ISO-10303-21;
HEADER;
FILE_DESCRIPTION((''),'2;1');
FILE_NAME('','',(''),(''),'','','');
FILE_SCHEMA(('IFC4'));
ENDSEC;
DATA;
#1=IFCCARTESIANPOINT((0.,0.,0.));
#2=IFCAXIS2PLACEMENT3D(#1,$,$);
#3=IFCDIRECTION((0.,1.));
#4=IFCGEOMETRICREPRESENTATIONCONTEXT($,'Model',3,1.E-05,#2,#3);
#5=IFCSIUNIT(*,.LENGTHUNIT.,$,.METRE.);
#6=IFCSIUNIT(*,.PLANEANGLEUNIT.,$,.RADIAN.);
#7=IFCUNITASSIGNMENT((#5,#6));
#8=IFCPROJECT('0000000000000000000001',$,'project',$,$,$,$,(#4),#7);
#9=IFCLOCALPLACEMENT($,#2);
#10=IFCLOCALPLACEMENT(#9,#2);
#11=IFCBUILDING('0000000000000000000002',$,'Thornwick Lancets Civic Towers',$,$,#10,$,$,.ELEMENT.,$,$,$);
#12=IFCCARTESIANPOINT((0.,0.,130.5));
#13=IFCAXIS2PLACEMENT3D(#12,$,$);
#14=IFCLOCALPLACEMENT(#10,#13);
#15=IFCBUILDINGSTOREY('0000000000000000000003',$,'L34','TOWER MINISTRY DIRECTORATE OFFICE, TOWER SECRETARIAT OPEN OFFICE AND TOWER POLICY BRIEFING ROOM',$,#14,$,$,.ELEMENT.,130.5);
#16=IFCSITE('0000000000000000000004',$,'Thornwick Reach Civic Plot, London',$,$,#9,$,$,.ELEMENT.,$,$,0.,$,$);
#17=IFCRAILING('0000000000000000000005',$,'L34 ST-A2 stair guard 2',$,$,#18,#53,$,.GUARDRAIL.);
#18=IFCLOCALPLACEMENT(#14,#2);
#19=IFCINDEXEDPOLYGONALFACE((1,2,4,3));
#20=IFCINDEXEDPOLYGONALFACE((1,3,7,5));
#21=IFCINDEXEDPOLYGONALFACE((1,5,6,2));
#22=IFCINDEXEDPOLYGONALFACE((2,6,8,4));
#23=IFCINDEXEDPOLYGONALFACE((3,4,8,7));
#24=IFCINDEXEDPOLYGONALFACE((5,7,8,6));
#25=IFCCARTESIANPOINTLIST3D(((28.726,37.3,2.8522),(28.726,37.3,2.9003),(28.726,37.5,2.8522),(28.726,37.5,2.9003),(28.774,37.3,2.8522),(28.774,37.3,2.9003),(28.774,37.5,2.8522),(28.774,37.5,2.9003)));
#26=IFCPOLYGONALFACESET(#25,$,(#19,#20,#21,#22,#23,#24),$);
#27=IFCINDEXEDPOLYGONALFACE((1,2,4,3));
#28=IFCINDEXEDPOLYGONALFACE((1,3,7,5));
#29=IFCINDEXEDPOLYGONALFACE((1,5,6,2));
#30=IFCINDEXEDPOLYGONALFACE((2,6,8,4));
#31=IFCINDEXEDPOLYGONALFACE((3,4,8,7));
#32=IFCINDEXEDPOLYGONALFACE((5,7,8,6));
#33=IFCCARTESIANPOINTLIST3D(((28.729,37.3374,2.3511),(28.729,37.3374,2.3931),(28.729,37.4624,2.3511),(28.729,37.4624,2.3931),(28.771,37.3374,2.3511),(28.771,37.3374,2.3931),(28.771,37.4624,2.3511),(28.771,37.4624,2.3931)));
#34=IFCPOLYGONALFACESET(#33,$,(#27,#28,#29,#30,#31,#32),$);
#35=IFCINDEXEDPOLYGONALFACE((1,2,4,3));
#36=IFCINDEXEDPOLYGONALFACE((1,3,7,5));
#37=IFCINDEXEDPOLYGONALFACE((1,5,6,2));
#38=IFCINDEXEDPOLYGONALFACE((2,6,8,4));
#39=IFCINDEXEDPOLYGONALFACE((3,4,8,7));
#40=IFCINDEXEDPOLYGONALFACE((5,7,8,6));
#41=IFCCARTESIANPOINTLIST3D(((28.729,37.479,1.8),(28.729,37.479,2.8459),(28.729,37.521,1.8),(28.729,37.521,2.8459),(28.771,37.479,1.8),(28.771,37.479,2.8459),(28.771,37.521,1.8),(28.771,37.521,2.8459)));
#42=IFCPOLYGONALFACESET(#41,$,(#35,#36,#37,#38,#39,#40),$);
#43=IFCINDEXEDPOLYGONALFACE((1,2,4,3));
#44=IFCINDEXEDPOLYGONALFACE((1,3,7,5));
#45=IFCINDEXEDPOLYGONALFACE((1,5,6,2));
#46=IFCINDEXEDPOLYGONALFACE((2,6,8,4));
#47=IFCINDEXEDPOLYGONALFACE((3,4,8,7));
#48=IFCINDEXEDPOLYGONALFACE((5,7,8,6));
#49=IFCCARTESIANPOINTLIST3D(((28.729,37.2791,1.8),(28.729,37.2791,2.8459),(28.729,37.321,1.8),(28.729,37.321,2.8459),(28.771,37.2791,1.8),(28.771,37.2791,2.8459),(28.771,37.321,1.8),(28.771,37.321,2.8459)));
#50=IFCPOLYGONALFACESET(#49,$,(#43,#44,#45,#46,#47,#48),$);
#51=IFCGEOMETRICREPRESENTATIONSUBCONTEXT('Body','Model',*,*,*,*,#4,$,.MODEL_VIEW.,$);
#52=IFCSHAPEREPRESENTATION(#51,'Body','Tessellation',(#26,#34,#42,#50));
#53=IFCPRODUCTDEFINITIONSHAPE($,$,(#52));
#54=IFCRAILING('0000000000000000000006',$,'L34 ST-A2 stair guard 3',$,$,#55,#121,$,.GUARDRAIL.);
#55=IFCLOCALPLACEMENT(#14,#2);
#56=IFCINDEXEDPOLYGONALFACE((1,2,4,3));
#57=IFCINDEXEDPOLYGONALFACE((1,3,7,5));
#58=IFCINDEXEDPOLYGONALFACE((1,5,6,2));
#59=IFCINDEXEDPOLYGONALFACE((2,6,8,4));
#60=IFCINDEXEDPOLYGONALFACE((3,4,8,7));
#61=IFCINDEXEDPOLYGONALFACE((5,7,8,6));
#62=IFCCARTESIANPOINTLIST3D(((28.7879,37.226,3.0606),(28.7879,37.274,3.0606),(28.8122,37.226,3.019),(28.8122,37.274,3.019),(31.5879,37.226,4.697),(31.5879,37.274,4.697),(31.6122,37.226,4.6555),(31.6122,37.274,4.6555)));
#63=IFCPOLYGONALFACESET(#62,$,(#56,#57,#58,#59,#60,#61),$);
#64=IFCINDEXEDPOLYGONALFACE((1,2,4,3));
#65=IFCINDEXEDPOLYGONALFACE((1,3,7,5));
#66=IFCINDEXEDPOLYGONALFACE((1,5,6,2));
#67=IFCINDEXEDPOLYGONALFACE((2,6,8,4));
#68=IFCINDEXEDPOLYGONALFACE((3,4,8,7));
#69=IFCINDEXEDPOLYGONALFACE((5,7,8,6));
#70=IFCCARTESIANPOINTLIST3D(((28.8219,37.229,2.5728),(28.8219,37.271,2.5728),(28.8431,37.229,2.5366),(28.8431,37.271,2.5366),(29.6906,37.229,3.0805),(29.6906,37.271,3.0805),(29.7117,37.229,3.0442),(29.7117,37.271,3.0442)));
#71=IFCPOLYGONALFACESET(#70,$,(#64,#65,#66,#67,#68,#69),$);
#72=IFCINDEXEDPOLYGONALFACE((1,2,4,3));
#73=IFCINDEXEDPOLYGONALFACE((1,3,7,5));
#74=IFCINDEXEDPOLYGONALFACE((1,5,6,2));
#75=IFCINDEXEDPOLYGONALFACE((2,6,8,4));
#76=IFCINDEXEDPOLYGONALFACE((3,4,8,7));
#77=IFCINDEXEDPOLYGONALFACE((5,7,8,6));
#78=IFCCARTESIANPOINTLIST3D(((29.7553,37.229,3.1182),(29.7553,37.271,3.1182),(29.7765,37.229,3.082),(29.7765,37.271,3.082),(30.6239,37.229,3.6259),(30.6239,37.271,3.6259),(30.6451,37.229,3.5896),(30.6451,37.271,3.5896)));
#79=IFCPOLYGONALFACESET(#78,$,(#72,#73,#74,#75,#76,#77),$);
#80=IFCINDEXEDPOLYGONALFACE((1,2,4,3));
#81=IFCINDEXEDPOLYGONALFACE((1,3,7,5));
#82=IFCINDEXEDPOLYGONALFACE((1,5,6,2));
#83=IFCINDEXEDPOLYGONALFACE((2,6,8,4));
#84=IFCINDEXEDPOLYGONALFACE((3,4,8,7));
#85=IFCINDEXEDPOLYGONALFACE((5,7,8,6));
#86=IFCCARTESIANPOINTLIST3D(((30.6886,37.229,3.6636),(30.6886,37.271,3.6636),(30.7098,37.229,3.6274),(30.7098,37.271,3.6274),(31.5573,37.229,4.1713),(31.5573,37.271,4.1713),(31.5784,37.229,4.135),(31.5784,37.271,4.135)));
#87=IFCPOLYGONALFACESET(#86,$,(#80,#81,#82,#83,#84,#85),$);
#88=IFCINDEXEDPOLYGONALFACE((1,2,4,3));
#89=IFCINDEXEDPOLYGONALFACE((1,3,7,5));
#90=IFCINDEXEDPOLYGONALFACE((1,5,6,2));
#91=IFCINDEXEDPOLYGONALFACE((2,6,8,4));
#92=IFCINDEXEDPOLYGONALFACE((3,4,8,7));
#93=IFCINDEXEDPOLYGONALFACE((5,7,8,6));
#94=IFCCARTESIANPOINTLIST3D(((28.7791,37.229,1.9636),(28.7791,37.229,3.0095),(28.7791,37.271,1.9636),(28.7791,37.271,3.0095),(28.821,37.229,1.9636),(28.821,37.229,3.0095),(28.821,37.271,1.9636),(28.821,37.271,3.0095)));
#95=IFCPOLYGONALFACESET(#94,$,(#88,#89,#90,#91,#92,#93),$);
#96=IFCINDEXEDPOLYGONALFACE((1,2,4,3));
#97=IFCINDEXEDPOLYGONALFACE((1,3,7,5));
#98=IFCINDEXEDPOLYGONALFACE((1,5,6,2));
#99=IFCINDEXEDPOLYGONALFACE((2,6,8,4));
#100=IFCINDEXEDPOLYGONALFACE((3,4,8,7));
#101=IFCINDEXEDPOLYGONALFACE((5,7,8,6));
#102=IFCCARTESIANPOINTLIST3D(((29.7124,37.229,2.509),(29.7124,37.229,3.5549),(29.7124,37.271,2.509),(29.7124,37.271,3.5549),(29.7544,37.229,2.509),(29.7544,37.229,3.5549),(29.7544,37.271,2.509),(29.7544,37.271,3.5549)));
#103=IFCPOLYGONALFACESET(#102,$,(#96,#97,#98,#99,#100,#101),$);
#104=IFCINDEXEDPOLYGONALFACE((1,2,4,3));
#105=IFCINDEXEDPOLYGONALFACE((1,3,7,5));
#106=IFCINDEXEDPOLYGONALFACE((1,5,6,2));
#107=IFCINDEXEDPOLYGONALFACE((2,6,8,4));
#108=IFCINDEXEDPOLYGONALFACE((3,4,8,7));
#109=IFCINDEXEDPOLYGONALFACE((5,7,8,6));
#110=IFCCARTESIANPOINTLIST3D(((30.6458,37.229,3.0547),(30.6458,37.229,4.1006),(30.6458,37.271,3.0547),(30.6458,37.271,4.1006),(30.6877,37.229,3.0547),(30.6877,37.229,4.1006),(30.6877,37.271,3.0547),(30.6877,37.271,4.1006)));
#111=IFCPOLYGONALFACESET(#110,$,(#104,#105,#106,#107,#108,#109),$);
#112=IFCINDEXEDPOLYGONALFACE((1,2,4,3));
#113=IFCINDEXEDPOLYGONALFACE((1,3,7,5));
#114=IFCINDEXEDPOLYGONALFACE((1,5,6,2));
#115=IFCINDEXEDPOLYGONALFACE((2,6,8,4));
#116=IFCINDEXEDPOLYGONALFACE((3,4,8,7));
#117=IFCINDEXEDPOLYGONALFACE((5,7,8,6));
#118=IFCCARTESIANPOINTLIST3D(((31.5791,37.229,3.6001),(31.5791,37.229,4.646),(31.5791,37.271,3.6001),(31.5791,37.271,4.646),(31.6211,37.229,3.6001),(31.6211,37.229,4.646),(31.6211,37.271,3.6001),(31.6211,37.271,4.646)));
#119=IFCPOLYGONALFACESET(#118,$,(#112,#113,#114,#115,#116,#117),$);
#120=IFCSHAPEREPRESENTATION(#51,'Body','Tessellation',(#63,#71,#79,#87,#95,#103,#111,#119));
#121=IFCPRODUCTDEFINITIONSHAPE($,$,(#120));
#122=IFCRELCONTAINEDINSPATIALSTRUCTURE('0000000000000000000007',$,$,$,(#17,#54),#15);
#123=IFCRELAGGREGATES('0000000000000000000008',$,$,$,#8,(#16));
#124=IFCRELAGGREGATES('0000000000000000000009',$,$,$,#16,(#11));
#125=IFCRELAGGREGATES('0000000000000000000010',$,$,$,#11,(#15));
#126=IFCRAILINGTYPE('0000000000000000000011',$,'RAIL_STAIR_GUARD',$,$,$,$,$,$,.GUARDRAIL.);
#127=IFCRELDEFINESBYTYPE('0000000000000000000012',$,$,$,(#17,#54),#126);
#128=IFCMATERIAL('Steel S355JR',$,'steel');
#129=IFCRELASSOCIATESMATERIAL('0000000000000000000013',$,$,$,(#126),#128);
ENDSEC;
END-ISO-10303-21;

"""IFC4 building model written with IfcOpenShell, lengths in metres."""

from ifc_helpers import new_model, si_unit, direction, frame, origin, origin_2d, place, context, subcontext, project, spatial, rectangle, extrude, material, type_object, element, save


model = new_model("IFC4")

# Units and contexts
model_context = context("Model", 3, precision=1e-05, world=origin(), true_north=direction((0.0, 1.0)))
body_context = subcontext(model_context, "Body", "Model", "MODEL_VIEW")
ifc_project = project(units=[si_unit("LENGTHUNIT", "METRE"), si_unit("PLANEANGLEUNIT", "RADIAN")], contexts=[model_context])

# Site, building, storey
site_placement = place(None, origin())
site = spatial("IfcSite", under=ifc_project, at=site_placement, Name="Thornwick Reach Civic Plot, London", CompositionType="ELEMENT", RefElevation=0.0)
building_placement = place(site_placement, origin())
building = spatial("IfcBuilding", under=site, at=building_placement, Name="Thornwick Lancets Civic Towers", CompositionType="ELEMENT")
storey_placement = place(building_placement, frame((0.0, 0.0, 130.5)))
storey = spatial("IfcBuildingStorey", under=building, at=storey_placement, Name="L34", Description="TOWER MINISTRY DIRECTORATE OFFICE, TOWER SECRETARIAT OPEN OFFICE AND TOWER POLICY BRIEFING ROOM", CompositionType="ELEMENT", Elevation=130.5)

# Shared definitions
ifc_material_1 = material(Name="Steel S355JR", Category="steel")

# Railings
railing_type_1 = type_object("IfcRailingType", Name="RAIL_STAIR_GUARD", PredefinedType="GUARDRAIL", material=ifc_material_1)
railing_1_placement = place(storey_placement, frame((28.75, 37.5, 1.8)))
element("IfcRailing", 1, at=railing_1_placement, inside=storey, type_object=railing_type_1, Name="L34 ST-A2 stair guard 2", PredefinedType="GUARDRAIL", context=body_context, shape_type="SweptSolid", body=[
    extrude(rectangle(XDim=0.0481, YDim=0.0481, at=origin_2d()), frame((0.0, 0.0, 1.0762), z_axis=(0.0, -1.0, 0.0), x_axis=(1.0, 0.0, 0.0)), (0.0, 0.0, 1.0), 0.2),
    extrude(rectangle(XDim=0.042, YDim=0.042, at=origin_2d()), frame((0.0, -0.0376, 0.572), z_axis=(0.0, -1.0, 0.0), x_axis=(1.0, 0.0, 0.0)), (0.0, 0.0, 1.0), 0.125),
    extrude(rectangle(XDim=0.042, YDim=0.042, at=origin_2d()), origin(), (0.0, 0.0, 1.0), 1.0459),
    extrude(rectangle(XDim=0.042, YDim=0.042, at=origin_2d()), frame((0.0, -0.2, 0.0)), (0.0, 0.0, 1.0), 1.0459),
])
railing_2_placement = place(storey_placement, frame((28.8, 37.25, 1.9636)))
element("IfcRailing", 2, at=railing_2_placement, inside=storey, type_object=railing_type_1, Name="L34 ST-A2 stair guard 3", PredefinedType="GUARDRAIL", context=body_context, shape_type="SweptSolid", body=[
    extrude(rectangle(XDim=0.0481, YDim=0.0481, at=origin_2d()), frame((0.0, 0.0, 1.0762), z_axis=(0.863361, 0.0, 0.504587), x_axis=(0.0, 1.0, 0.0)), (0.0, 0.0, 1.0), 3.2432),
    extrude(rectangle(XDim=0.042, YDim=0.042, at=origin_2d()), frame((0.0325, 0.0, 0.5911), z_axis=(0.863361, 0.0, 0.504587), x_axis=(0.0, 1.0, 0.0)), (0.0, 0.0, 1.0), 1.0061),
    extrude(rectangle(XDim=0.042, YDim=0.042, at=origin_2d()), frame((0.9658, 0.0, 1.1365), z_axis=(0.863361, 0.0, 0.504587), x_axis=(0.0, 1.0, 0.0)), (0.0, 0.0, 1.0), 1.0061),
    extrude(rectangle(XDim=0.042, YDim=0.042, at=origin_2d()), frame((1.8992, 0.0, 1.6819), z_axis=(0.863361, 0.0, 0.504587), x_axis=(0.0, 1.0, 0.0)), (0.0, 0.0, 1.0), 1.0061),
    extrude(rectangle(XDim=0.042, YDim=0.042, at=origin_2d()), origin(), (0.0, 0.0, 1.0), 1.0459),
    extrude(rectangle(XDim=0.042, YDim=0.042, at=origin_2d()), frame((0.9333, 0.0, 0.5454)), (0.0, 0.0, 1.0), 1.0459),
    extrude(rectangle(XDim=0.042, YDim=0.042, at=origin_2d()), frame((1.8667, 0.0, 1.0911)), (0.0, 0.0, 1.0), 1.0459),
    extrude(rectangle(XDim=0.042, YDim=0.042, at=origin_2d()), frame((2.8, 0.0, 1.6365)), (0.0, 0.0, 1.0), 1.0459),
])

save(model, "model.ifc")
